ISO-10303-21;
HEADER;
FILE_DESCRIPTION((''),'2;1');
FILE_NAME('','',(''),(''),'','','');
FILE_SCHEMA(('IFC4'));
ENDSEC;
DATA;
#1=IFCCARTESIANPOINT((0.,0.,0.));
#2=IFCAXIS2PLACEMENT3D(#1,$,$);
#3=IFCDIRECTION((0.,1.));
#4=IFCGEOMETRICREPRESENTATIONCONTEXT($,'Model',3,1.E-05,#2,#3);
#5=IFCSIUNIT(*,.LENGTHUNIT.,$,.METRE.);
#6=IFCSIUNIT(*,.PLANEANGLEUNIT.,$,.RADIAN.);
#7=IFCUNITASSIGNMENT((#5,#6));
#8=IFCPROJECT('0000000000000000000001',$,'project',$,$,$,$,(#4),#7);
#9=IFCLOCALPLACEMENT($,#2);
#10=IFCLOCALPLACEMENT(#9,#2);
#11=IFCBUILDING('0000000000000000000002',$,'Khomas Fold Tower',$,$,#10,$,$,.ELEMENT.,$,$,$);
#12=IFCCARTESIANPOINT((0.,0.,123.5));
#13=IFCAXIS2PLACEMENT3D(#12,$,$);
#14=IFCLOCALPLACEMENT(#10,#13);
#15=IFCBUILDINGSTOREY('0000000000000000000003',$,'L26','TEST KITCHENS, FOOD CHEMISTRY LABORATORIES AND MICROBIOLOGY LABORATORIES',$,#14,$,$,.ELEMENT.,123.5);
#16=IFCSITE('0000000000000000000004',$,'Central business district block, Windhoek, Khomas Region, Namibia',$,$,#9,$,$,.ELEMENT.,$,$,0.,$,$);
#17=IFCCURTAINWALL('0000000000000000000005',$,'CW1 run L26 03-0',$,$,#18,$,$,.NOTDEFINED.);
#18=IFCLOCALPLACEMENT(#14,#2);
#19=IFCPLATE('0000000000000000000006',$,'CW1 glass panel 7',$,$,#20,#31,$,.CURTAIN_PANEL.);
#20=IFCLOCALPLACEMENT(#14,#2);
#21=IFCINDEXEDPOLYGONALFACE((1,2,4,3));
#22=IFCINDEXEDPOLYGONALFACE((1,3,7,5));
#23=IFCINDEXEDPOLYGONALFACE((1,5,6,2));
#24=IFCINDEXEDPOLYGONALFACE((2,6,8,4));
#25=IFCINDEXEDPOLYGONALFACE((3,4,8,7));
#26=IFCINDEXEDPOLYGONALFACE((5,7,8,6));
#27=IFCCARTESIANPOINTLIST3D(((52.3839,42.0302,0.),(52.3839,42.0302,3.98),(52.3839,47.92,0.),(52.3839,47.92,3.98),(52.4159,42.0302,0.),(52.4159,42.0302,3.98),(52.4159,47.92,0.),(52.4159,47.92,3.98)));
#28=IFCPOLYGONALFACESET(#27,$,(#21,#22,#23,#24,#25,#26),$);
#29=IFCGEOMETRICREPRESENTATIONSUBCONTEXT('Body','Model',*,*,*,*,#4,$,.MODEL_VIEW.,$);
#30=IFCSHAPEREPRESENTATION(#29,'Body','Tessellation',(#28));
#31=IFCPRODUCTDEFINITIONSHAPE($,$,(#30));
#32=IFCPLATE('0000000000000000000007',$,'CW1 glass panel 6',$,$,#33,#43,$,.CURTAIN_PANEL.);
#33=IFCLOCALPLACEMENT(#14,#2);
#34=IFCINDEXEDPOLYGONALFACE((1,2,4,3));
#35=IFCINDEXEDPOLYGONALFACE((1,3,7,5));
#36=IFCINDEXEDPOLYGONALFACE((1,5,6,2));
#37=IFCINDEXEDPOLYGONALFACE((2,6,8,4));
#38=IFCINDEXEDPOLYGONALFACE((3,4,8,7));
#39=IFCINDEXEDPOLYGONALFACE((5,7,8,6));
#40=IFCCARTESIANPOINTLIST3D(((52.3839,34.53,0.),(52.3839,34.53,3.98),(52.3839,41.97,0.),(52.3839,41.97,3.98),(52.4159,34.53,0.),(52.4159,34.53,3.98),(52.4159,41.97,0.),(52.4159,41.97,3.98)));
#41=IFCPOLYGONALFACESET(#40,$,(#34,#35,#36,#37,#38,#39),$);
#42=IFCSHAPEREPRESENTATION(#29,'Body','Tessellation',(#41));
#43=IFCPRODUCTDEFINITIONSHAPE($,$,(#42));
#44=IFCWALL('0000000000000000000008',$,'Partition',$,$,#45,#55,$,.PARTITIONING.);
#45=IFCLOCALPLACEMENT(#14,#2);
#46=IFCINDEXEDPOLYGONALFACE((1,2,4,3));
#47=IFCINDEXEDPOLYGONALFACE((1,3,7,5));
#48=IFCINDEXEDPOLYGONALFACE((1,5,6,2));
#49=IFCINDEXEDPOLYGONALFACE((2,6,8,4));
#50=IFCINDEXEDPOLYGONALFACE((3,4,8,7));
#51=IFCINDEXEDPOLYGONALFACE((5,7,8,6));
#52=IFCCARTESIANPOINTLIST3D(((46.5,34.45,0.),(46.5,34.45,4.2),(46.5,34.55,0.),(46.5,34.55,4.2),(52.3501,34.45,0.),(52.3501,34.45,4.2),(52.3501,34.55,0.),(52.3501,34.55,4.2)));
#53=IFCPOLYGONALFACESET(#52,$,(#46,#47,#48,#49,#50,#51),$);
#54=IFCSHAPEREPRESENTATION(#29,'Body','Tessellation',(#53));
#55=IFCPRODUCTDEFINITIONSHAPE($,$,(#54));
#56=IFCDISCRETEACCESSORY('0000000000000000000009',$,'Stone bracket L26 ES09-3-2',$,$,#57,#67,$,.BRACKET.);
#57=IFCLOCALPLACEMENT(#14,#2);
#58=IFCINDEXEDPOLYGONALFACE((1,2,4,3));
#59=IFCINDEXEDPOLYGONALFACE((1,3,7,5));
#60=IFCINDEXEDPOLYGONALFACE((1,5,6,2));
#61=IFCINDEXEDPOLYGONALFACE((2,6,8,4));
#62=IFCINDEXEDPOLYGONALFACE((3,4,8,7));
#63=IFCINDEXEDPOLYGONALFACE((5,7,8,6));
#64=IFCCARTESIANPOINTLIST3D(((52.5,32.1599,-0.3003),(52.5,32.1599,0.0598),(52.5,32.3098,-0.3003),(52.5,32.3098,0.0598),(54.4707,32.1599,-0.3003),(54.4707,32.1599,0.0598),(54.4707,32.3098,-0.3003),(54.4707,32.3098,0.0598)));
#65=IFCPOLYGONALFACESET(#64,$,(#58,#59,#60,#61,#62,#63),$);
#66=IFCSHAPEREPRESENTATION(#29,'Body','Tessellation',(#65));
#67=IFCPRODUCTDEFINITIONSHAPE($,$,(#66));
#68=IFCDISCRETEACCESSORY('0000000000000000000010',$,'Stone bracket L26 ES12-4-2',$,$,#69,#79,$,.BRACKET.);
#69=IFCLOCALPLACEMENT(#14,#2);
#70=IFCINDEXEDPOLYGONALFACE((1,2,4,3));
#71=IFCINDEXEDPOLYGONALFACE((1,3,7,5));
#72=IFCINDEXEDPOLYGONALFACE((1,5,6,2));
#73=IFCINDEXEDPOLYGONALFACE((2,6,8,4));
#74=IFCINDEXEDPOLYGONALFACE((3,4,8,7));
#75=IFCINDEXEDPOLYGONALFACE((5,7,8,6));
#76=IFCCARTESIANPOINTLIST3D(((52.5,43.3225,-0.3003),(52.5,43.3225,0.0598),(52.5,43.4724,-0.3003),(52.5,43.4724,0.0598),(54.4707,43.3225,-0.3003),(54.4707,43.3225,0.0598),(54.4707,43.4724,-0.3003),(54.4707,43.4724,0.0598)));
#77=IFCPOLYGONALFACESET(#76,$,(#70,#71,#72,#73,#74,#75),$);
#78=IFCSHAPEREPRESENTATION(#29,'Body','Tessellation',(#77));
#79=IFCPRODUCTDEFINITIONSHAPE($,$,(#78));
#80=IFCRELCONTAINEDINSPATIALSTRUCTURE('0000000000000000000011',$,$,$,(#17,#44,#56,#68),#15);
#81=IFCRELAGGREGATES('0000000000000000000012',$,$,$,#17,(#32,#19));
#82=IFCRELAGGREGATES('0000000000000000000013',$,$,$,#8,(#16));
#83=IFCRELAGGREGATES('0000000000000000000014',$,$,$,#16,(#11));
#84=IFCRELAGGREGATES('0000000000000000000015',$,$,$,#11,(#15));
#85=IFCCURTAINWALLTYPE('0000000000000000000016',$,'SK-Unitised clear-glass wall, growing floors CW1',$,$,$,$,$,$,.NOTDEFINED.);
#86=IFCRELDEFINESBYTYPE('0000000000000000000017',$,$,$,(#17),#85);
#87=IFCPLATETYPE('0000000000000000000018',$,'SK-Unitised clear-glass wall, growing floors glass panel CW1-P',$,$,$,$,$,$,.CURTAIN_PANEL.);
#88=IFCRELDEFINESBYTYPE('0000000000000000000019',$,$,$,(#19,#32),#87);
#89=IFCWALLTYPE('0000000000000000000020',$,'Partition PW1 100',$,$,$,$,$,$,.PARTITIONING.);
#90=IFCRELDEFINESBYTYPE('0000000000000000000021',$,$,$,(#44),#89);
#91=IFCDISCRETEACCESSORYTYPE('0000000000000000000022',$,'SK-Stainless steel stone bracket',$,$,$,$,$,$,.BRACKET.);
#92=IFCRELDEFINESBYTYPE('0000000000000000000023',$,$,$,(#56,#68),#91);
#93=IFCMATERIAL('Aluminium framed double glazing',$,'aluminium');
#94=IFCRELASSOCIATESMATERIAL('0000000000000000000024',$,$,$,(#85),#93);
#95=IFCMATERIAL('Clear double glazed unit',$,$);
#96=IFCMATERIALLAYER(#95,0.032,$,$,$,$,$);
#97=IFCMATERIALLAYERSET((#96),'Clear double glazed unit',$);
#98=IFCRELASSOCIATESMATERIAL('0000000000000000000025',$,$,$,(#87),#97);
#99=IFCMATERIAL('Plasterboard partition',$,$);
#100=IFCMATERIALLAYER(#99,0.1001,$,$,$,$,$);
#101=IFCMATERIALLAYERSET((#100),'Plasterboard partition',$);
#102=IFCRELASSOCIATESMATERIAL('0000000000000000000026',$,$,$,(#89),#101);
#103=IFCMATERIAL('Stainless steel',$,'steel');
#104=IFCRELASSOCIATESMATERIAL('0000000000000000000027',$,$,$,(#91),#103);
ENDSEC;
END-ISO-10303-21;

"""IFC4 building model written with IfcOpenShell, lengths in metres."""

from ifc_helpers import new_model, si_unit, direction, frame, frame_2d, origin, origin_2d, place, context, subcontext, project, spatial, rectangle, extrude, source, transform, mapped, material, layer, layer_set, type_object, element, aggregate, save


model = new_model("IFC4")

# Units and contexts
model_context = context("Model", 3, precision=1e-05, world=origin(), true_north=direction((0.0, 1.0)))
body_context = subcontext(model_context, "Body", "Model", "MODEL_VIEW")
ifc_project = project(units=[si_unit("LENGTHUNIT", "METRE"), si_unit("PLANEANGLEUNIT", "RADIAN")], contexts=[model_context])

# Site, building, storey
site_placement = place(None, origin())
site = spatial("IfcSite", under=ifc_project, at=site_placement, Name="Central business district block, Windhoek, Khomas Region, Namibia", CompositionType="ELEMENT", RefElevation=0.0)
building_placement = place(site_placement, origin())
building = spatial("IfcBuilding", under=site, at=building_placement, Name="Khomas Fold Tower", CompositionType="ELEMENT")
storey_placement = place(building_placement, frame((0.0, 0.0, 123.5)))
storey = spatial("IfcBuildingStorey", under=building, at=storey_placement, Name="L26", Description="TEST KITCHENS, FOOD CHEMISTRY LABORATORIES AND MICROBIOLOGY LABORATORIES", CompositionType="ELEMENT", Elevation=123.5)

# Curtain wall, plates
ifc_material_1 = material(Name="Aluminium framed double glazing", Category="aluminium")
curtain_wall_type = type_object("IfcCurtainWallType", Name="SK-Unitised clear-glass wall, growing floors CW1", PredefinedType="NOTDEFINED", material=ifc_material_1)
curtain_wall_placement = place(storey_placement, origin())
curtain_wall = element("IfcCurtainWall", 1, at=curtain_wall_placement, inside=storey, type_object=curtain_wall_type, Name="CW1 run L26 03-0", PredefinedType="NOTDEFINED")
ifc_material_2 = material(Name="Clear double glazed unit")
ifc_layer_1 = layer(ifc_material_2, 0.032)
ifc_layer_set_1 = layer_set([ifc_layer_1], Name="Clear double glazed unit")
plate_type = type_object("IfcPlateType", Name="SK-Unitised clear-glass wall, growing floors glass panel CW1-P", PredefinedType="CURTAIN_PANEL", material=ifc_layer_set_1)
shared_shape_1 = source(origin(), body_context, "Body", "SweptSolid", [
    extrude(rectangle(XDim=5.8899, YDim=0.032, at=origin_2d()), origin(), (0.0, 0.0, 1.0), 3.98),
])
plate_1_placement = place(storey_placement, frame((52.3999, 44.9751, 0.0), z_axis=(0.0, 0.0, 1.0), x_axis=(0.0, 1.0, 0.0)))
plate_1 = element("IfcPlate", 2, at=plate_1_placement, type_object=plate_type, Name="CW1 glass panel 7", PredefinedType="CURTAIN_PANEL", context=body_context, shape_type="MappedRepresentation", body=[
    mapped(shared_shape_1, transform((0.0, 0.0, 0.0))),
])
shared_shape_2 = source(origin(), body_context, "Body", "SweptSolid", [
    extrude(rectangle(XDim=7.4399, YDim=0.032, at=origin_2d()), origin(), (0.0, 0.0, 1.0), 3.98),
])
plate_2_placement = place(storey_placement, frame((52.3999, 38.25, 0.0), z_axis=(0.0, 0.0, 1.0), x_axis=(0.0, 1.0, 0.0)))
plate_2 = element("IfcPlate", 3, at=plate_2_placement, type_object=plate_type, Name="CW1 glass panel 6", PredefinedType="CURTAIN_PANEL", context=body_context, shape_type="MappedRepresentation", body=[
    mapped(shared_shape_2, transform((0.0, 0.0, 0.0))),
])
aggregate(curtain_wall, [plate_2, plate_1])

# Wall
ifc_material_3 = material(Name="Plasterboard partition")
ifc_layer_2 = layer(ifc_material_3, 0.1001)
ifc_layer_set_2 = layer_set([ifc_layer_2], Name="Plasterboard partition")
wall_type = type_object("IfcWallType", Name="Partition PW1 100", PredefinedType="PARTITIONING", material=ifc_layer_set_2)
shared_shape_3 = source(origin(), body_context, "Body", "SweptSolid", [
    extrude(rectangle(XDim=5.8501, YDim=0.1001, at=frame_2d((2.925, 0.0))), origin(), (0.0, 0.0, 1.0), 4.2),
])
wall_placement = place(storey_placement, frame((46.5, 34.5, 0.0), z_axis=(0.0, 0.0, 1.0), x_axis=(1.0, 0.0, 0.0)))
element("IfcWall", 4, at=wall_placement, inside=storey, type_object=wall_type, Name="Partition", PredefinedType="PARTITIONING", context=body_context, shape_type="MappedRepresentation", body=[
    mapped(shared_shape_3, transform((0.0, 0.0, 0.0))),
])

# Discrete accessories
ifc_material_4 = material(Name="Stainless steel", Category="steel")
discrete_accessory_type = type_object("IfcDiscreteAccessoryType", Name="SK-Stainless steel stone bracket", PredefinedType="BRACKET", material=ifc_material_4)
shared_shape_4 = source(origin(), body_context, "Body", "SweptSolid", [
    extrude(rectangle(XDim=1.9707, YDim=0.1499, at=origin_2d()), origin(), (0.0, 0.0, 1.0), 0.3601),
])
for number, where, z_axis, x_axis, name in (
    (5, (53.4854, 32.2349, -0.3003), (0.0, 0.0, 1.0), (1.0, 0.0, 0.0), "Stone bracket L26 ES09-3-2"),
    (6, (53.4854, 43.3975, -0.3003), (0.0, 0.0, 1.0), (1.0, 0.0, 0.0), "Stone bracket L26 ES12-4-2"),
):
    element("IfcDiscreteAccessory", number, at=place(storey_placement, frame(where, z_axis=z_axis, x_axis=x_axis)), inside=storey, type_object=discrete_accessory_type, Name=name, PredefinedType="BRACKET", context=body_context, shape_type="MappedRepresentation", body=[
        mapped(shared_shape_4, transform((0.0, 0.0, 0.0))),
    ])

save(model, "model.ifc")
